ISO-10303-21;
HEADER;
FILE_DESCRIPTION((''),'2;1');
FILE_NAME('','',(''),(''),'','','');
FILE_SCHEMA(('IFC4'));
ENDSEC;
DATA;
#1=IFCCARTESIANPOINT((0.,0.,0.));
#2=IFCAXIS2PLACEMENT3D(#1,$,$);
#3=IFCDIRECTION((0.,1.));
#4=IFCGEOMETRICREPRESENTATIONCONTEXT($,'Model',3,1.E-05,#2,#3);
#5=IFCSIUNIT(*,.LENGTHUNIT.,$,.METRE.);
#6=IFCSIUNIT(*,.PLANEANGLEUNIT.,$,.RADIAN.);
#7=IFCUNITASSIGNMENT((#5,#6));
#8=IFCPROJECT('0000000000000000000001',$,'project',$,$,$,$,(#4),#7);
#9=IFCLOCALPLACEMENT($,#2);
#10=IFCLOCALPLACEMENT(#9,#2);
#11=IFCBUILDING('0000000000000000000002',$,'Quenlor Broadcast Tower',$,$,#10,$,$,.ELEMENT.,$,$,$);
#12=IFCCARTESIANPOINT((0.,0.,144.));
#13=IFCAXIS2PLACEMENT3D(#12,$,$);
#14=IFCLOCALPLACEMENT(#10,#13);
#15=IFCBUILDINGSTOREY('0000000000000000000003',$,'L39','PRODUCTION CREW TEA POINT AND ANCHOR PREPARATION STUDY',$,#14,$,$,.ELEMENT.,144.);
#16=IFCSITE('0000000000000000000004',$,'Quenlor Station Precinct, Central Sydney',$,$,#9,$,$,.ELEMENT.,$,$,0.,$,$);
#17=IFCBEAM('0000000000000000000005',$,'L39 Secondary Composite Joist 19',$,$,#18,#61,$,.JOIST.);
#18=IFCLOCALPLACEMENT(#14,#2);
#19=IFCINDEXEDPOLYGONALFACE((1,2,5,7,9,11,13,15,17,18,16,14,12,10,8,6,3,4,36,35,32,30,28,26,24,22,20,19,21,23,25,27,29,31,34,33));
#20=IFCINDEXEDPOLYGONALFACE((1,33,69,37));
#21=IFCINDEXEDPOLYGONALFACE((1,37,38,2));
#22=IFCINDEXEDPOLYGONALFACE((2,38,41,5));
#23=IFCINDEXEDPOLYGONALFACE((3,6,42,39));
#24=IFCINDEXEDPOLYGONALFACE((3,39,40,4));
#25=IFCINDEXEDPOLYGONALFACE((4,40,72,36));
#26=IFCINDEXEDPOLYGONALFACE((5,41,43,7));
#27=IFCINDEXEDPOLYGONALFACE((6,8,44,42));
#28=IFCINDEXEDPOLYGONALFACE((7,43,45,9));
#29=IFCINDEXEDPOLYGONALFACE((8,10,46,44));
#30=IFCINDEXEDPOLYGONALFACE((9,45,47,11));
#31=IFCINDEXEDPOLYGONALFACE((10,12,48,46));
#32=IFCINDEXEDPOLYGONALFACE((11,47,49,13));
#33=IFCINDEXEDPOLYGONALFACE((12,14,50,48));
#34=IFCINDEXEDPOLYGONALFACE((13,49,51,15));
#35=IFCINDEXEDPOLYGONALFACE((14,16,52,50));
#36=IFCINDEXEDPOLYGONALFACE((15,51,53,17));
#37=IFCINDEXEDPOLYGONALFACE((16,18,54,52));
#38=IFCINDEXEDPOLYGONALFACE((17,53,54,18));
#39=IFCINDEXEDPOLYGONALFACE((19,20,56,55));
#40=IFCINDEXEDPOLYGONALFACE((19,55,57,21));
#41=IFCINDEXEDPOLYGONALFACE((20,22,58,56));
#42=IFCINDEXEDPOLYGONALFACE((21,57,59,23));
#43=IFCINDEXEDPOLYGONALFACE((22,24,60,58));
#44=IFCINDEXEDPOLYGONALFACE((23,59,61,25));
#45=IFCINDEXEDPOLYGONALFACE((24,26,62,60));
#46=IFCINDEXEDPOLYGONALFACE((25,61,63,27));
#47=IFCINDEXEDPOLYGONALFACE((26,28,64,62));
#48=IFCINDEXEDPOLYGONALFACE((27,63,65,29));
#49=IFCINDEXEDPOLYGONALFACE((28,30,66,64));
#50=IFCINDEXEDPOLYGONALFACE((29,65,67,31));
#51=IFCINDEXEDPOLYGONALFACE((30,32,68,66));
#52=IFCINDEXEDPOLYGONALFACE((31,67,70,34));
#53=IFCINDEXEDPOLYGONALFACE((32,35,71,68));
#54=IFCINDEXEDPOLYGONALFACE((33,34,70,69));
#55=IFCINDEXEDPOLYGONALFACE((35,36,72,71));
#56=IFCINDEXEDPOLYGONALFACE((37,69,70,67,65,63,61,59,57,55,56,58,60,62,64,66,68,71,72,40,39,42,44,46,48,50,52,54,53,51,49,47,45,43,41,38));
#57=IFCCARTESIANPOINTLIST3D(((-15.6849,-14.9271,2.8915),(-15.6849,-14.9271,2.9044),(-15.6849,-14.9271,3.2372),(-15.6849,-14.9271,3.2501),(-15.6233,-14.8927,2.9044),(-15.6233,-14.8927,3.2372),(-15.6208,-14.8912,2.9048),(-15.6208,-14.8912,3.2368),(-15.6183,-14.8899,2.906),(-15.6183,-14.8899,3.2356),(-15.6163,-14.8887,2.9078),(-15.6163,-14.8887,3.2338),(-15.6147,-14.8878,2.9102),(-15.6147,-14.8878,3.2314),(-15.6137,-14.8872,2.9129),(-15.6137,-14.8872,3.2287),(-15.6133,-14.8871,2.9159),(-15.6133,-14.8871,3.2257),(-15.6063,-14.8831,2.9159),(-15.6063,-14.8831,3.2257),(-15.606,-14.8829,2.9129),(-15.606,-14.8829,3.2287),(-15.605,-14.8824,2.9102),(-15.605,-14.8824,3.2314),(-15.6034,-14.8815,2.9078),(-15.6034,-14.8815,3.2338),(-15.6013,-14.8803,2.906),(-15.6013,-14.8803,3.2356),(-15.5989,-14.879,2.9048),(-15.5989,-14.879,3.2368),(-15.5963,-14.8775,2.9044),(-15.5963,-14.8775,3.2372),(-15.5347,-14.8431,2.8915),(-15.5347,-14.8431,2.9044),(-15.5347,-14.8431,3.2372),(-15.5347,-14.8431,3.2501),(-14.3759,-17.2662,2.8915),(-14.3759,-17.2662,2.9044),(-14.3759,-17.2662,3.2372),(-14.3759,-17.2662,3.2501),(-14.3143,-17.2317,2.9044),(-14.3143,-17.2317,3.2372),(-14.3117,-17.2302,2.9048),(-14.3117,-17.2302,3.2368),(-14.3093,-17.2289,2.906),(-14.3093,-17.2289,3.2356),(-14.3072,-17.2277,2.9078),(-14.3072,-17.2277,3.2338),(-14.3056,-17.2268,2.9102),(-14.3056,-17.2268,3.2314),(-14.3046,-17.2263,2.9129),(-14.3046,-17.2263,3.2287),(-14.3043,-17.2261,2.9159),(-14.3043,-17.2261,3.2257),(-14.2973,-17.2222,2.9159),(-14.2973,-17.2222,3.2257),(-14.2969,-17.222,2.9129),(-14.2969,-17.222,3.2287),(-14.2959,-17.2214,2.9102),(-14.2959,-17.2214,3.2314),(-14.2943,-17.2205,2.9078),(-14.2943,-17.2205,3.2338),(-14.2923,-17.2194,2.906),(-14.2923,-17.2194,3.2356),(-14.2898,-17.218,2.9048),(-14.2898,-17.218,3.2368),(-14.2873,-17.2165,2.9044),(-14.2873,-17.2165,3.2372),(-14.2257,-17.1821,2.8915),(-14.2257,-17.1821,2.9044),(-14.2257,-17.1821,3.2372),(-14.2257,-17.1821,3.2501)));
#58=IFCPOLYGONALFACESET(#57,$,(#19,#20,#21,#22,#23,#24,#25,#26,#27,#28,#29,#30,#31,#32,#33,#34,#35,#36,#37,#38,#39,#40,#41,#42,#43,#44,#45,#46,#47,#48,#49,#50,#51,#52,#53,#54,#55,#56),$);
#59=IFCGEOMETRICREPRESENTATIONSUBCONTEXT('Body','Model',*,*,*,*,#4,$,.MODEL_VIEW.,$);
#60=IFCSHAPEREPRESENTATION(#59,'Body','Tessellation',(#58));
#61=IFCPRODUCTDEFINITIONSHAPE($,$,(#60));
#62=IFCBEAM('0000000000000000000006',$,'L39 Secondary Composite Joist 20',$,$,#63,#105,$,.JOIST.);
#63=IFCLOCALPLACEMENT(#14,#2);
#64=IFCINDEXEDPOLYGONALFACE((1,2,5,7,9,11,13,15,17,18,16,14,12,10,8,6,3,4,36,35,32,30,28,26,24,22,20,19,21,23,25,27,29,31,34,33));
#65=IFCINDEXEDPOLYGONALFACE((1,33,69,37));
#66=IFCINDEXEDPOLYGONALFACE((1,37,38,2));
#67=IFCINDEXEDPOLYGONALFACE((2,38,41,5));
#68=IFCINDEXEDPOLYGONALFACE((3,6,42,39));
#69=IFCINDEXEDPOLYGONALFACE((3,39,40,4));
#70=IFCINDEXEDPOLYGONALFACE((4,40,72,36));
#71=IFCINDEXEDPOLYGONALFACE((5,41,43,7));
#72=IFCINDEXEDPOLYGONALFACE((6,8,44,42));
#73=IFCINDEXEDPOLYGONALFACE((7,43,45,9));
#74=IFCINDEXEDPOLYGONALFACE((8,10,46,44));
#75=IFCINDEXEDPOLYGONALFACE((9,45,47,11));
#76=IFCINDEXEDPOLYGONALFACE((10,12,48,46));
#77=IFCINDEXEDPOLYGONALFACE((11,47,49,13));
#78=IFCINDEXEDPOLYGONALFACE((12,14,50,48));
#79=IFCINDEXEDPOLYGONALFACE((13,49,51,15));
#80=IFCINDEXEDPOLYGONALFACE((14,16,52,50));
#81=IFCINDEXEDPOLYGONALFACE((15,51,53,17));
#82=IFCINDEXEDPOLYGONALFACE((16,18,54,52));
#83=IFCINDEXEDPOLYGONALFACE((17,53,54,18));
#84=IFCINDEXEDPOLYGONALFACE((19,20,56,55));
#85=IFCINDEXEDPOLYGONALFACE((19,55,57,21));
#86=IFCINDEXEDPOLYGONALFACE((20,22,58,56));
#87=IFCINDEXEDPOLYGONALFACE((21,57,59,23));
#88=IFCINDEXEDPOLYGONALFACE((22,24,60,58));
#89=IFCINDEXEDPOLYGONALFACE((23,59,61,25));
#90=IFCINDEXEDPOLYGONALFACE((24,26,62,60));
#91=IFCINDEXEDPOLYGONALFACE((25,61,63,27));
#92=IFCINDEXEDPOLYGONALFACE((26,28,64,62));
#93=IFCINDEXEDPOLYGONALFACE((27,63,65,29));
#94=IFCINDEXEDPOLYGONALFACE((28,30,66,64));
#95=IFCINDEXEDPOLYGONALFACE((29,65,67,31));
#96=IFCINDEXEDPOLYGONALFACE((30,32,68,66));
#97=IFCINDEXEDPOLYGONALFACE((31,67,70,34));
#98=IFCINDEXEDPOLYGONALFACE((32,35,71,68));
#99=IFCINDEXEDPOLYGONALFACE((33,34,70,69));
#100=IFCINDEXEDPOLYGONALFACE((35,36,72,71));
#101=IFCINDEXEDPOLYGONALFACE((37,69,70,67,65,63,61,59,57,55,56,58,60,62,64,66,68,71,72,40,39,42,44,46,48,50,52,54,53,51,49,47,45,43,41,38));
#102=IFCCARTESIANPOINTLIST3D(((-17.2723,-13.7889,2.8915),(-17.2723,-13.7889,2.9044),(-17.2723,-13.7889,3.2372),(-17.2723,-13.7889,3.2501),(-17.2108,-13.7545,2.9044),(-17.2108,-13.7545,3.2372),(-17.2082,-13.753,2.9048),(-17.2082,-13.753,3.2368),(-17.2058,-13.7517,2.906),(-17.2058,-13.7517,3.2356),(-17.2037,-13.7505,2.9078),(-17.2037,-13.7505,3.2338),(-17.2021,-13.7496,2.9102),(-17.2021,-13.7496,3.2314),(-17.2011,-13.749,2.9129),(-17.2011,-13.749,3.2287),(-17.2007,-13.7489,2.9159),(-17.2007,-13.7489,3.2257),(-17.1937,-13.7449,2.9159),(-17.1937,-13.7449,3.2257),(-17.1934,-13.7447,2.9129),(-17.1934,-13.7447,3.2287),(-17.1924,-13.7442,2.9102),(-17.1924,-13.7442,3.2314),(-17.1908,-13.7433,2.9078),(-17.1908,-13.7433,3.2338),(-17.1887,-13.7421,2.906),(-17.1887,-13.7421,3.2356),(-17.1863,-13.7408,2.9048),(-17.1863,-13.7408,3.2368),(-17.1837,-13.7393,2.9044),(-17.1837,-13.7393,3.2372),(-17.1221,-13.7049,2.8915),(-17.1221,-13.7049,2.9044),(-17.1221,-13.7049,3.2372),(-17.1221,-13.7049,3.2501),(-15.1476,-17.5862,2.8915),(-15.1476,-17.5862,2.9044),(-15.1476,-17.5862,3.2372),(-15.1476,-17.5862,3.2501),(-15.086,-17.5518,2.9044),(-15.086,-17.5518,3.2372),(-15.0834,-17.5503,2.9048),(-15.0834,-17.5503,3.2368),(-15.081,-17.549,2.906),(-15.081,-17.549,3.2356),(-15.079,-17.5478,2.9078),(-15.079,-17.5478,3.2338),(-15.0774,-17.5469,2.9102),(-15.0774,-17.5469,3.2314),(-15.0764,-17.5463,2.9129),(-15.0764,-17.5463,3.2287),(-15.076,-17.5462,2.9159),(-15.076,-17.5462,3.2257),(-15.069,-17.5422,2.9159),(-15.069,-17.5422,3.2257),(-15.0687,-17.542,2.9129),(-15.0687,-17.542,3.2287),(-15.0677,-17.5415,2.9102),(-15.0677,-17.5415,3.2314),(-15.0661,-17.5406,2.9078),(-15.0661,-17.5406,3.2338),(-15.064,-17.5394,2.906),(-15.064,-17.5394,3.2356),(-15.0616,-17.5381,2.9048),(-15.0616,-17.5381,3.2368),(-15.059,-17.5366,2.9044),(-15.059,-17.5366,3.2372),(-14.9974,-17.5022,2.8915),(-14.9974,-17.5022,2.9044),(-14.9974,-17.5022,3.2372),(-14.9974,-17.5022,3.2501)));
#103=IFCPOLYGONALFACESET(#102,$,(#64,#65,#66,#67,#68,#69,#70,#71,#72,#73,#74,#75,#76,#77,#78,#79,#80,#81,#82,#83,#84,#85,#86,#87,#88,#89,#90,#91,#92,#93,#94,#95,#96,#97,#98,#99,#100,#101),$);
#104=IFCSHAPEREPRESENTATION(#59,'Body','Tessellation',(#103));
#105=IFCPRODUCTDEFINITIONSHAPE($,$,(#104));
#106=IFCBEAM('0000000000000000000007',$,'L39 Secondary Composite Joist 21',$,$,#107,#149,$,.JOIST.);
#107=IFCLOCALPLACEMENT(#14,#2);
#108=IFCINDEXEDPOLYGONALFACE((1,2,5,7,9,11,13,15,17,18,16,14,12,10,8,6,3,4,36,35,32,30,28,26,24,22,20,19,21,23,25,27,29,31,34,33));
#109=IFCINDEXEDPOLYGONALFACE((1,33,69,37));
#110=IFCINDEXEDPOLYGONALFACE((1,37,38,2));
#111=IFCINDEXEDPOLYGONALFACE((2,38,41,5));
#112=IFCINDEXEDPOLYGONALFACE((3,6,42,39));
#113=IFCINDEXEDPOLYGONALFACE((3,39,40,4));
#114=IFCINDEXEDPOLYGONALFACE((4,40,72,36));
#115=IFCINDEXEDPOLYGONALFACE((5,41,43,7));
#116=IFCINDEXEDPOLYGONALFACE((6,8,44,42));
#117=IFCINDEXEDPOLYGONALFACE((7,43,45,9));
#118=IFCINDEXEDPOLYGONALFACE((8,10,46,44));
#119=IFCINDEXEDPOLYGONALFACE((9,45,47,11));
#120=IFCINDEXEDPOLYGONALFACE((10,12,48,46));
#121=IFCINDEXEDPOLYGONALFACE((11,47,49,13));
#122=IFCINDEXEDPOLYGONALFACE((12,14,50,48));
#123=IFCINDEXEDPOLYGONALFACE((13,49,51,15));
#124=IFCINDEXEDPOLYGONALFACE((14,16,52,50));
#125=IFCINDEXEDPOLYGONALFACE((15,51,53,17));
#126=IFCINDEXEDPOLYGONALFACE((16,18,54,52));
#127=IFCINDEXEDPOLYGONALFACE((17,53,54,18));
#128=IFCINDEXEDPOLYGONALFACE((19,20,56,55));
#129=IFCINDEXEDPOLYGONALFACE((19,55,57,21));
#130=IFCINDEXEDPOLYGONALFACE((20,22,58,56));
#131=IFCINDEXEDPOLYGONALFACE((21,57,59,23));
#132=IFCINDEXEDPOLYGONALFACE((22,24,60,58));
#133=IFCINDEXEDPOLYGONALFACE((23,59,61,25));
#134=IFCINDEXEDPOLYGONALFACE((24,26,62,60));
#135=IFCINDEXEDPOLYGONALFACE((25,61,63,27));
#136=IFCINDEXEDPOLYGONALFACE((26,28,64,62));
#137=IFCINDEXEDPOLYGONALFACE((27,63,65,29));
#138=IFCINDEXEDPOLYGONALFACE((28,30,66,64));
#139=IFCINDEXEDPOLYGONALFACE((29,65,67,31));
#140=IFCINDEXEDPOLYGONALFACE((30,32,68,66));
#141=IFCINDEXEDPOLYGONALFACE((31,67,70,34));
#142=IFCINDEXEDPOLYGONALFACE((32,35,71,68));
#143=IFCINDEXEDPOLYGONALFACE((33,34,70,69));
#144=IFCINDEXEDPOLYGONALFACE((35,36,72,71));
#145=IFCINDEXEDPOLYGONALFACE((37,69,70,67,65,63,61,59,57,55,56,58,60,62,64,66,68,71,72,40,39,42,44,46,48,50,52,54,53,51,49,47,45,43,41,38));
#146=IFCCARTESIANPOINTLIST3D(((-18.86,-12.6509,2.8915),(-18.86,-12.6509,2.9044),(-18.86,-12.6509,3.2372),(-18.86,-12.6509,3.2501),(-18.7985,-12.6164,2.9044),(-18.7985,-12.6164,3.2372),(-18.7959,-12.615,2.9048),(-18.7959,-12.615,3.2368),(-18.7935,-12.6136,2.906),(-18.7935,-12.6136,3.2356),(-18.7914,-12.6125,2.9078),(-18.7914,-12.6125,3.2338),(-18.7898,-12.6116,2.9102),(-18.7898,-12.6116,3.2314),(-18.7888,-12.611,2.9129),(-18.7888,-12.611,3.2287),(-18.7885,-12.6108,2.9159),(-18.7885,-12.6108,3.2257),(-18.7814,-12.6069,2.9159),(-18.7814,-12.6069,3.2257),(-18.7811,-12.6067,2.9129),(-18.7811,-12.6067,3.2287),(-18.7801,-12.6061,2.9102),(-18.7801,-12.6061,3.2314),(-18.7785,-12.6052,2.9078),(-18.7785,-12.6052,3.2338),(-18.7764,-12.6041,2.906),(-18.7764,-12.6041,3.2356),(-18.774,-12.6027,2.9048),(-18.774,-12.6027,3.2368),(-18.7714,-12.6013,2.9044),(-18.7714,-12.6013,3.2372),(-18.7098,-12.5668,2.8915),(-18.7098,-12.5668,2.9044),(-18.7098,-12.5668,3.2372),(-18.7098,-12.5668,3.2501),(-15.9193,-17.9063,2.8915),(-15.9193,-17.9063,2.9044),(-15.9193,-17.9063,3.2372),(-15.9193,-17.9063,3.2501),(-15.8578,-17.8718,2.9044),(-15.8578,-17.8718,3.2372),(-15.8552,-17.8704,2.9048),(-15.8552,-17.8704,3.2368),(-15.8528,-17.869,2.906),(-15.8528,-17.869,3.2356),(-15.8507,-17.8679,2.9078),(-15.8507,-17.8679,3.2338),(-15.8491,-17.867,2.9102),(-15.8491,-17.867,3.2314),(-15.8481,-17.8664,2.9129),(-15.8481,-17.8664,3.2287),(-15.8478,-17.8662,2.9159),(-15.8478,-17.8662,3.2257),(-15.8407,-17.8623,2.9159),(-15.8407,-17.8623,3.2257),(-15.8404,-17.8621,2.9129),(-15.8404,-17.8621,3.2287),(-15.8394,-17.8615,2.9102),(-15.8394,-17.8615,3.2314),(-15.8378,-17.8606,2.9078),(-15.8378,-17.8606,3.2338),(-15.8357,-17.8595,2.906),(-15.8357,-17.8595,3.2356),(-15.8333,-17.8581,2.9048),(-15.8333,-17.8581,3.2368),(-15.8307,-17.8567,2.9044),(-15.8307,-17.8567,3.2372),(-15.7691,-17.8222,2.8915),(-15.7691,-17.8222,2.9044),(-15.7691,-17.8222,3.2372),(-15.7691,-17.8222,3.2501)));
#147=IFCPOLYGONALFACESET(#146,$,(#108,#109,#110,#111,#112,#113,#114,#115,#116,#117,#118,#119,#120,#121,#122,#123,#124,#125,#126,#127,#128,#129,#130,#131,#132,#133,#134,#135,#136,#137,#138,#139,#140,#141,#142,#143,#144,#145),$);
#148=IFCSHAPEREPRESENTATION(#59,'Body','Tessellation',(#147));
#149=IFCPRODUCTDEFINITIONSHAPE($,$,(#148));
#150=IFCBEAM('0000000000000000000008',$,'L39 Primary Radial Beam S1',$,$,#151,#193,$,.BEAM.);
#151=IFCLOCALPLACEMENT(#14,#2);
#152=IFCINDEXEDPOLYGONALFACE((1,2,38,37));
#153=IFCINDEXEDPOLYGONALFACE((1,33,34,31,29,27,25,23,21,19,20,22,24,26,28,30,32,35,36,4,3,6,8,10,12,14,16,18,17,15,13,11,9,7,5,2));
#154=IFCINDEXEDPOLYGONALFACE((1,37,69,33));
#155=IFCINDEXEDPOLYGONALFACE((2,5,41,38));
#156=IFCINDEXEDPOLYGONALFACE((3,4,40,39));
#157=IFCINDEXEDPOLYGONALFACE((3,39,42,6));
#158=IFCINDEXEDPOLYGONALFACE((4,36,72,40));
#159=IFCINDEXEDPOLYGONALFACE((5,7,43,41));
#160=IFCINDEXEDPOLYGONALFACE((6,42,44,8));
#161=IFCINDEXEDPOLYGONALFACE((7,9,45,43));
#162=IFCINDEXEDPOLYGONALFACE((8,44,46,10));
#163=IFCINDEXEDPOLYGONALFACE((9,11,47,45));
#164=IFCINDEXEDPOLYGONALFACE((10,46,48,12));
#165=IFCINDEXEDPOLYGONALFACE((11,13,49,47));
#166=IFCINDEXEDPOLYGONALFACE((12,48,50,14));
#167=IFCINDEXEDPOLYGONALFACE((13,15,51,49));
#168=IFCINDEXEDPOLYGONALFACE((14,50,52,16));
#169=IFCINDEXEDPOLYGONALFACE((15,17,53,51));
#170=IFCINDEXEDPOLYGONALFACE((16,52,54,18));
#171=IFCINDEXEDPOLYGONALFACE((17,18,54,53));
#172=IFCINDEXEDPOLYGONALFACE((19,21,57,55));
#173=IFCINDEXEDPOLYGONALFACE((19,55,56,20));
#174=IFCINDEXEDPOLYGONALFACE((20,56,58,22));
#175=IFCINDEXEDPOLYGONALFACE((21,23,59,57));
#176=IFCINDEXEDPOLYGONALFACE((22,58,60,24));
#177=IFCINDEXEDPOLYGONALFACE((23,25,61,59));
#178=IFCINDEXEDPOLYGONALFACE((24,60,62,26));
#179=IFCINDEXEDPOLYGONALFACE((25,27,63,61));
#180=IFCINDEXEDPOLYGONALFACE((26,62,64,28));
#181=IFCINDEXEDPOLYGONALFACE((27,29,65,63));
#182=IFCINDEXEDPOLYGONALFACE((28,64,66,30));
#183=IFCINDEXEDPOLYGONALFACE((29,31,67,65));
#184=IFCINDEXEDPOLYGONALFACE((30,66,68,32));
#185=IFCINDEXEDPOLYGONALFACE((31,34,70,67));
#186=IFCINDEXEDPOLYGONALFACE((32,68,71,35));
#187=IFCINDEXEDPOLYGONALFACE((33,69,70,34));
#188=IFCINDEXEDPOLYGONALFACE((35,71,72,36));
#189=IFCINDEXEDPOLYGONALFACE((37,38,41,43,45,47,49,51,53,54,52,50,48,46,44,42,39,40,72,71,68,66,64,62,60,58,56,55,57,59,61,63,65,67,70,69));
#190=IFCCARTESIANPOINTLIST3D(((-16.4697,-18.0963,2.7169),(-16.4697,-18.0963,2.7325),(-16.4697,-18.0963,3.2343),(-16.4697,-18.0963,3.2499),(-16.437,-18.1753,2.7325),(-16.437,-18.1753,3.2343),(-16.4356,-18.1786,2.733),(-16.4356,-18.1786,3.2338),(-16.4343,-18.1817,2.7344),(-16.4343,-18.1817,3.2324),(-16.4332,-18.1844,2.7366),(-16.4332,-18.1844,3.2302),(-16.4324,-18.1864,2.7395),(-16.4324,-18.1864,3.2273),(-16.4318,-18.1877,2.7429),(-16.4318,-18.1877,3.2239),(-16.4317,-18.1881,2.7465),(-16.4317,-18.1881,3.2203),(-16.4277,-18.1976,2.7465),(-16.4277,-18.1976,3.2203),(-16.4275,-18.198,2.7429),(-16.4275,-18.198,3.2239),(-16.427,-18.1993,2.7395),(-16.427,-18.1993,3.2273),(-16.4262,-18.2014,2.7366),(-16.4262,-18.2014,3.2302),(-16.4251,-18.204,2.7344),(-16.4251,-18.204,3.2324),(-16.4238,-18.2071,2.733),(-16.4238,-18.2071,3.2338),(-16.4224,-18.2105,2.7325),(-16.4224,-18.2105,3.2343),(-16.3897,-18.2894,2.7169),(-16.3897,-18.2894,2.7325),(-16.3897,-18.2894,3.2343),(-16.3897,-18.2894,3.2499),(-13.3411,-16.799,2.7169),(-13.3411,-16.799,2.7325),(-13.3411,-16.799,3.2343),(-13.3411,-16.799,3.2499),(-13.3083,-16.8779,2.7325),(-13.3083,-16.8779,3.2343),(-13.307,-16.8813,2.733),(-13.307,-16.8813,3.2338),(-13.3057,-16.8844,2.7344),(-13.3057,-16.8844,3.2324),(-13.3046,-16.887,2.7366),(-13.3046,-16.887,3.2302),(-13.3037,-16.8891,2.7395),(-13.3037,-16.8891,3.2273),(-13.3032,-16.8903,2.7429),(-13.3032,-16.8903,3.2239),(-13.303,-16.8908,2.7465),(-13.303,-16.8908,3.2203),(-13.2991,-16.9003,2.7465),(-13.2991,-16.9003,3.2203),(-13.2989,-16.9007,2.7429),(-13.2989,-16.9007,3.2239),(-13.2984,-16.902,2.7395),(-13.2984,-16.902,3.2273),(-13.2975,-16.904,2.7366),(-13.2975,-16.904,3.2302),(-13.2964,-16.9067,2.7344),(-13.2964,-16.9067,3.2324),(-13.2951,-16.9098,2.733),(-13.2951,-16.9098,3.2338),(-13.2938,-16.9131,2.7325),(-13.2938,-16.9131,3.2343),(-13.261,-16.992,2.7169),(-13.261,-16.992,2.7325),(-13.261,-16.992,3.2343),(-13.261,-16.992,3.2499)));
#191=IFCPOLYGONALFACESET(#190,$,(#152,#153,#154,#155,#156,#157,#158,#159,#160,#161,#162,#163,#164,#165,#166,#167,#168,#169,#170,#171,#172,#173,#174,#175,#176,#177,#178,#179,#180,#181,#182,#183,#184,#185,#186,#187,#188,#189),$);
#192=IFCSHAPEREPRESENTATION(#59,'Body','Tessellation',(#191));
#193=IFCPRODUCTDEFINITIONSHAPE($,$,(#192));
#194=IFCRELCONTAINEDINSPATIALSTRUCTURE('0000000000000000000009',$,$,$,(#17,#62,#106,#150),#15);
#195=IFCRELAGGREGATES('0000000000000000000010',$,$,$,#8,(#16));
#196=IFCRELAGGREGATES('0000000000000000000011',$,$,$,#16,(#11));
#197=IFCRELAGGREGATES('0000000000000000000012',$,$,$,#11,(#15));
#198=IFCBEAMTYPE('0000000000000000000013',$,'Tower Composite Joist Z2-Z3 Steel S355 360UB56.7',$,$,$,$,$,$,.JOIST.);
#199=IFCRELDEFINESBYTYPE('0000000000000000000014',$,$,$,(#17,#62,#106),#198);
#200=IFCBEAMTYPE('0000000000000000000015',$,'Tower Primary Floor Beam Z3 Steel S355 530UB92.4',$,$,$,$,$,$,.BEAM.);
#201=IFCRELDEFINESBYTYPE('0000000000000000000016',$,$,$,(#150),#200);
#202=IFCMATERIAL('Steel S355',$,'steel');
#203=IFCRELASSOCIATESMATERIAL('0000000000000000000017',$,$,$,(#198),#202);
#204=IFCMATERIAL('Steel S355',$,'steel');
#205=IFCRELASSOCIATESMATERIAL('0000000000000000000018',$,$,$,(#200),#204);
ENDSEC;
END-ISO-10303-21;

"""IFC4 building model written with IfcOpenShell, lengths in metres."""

from ifc_helpers import new_model, si_unit, direction, frame, origin, origin_2d, place, context, subcontext, project, spatial, i_section, extrude, material, material_profile, profile_set, type_object, element, save


model = new_model("IFC4")

# Units and contexts
model_context = context("Model", 3, precision=1e-05, world=origin(), true_north=direction((0.0, 1.0)))
body_context = subcontext(model_context, "Body", "Model", "MODEL_VIEW")
ifc_project = project(units=[si_unit("LENGTHUNIT", "METRE"), si_unit("PLANEANGLEUNIT", "RADIAN")], contexts=[model_context])

# Site, building, storey
site_placement = place(None, origin())
site = spatial("IfcSite", under=ifc_project, at=site_placement, Name="Quenlor Station Precinct, Central Sydney", CompositionType="ELEMENT", RefElevation=0.0)
building_placement = place(site_placement, origin())
building = spatial("IfcBuilding", under=site, at=building_placement, Name="Quenlor Broadcast Tower", CompositionType="ELEMENT")
storey_placement = place(building_placement, frame((0.0, 0.0, 144.0)))
storey = spatial("IfcBuildingStorey", under=building, at=storey_placement, Name="L39", Description="PRODUCTION CREW TEA POINT AND ANCHOR PREPARATION STUDY", CompositionType="ELEMENT", Elevation=144.0)

# Beams
ifc_material_1 = material(Name="Steel S355", Category="steel")
ifc_material_profile_1 = material_profile(ifc_material_1, i_section(OverallWidth=0.1721, OverallDepth=0.3586, WebThickness=0.0081, FlangeThickness=0.0129, FilletRadius=0.0115, at=origin_2d()))
ifc_profile_set_1 = profile_set([ifc_material_profile_1], Name="Steel S355 360UB56.7")
beam_type_1 = type_object("IfcBeamType", Name="Tower Composite Joist Z2-Z3 Steel S355 360UB56.7", PredefinedType="JOIST", material=ifc_profile_set_1)
beam_1_placement = place(storey_placement, frame((-14.3008, -17.2241, 3.0708), z_axis=(-0.48837, 0.872636, 0.0), x_axis=(-0.872636, -0.48837, 0.0)))
element("IfcBeam", 1, at=beam_1_placement, inside=storey, type_object=beam_type_1, Name="L39 Secondary Composite Joist 19", PredefinedType="JOIST", context=body_context, shape_type="SweptSolid", body=[
    extrude(i_section(OverallWidth=0.1721, OverallDepth=0.3586, WebThickness=0.0081, FlangeThickness=0.0129, FilletRadius=0.0115, at=origin_2d()), origin(), (0.0, 0.0, 1.0), 2.6804),
])
beam_2_placement = place(storey_placement, frame((-15.0725, -17.5442, 3.0708), z_axis=(-0.488294, 0.872679, 0.0), x_axis=(-0.872679, -0.488294, 0.0)))
element("IfcBeam", 2, at=beam_2_placement, inside=storey, type_object=beam_type_1, Name="L39 Secondary Composite Joist 20", PredefinedType="JOIST", context=body_context, shape_type="SweptSolid", body=[
    extrude(i_section(OverallWidth=0.1721, OverallDepth=0.3586, WebThickness=0.0081, FlangeThickness=0.0129, FilletRadius=0.0115, at=origin_2d()), origin(), (0.0, 0.0, 1.0), 4.3513),
])
beam_3_placement = place(storey_placement, frame((-15.8442, -17.8643, 3.0708), z_axis=(-0.488308, 0.872671, 0.0), x_axis=(-0.872671, -0.488308, 0.0)))
element("IfcBeam", 3, at=beam_3_placement, inside=storey, type_object=beam_type_1, Name="L39 Secondary Composite Joist 21", PredefinedType="JOIST", context=body_context, shape_type="SweptSolid", body=[
    extrude(i_section(OverallWidth=0.1721, OverallDepth=0.3586, WebThickness=0.0081, FlangeThickness=0.0129, FilletRadius=0.0115, at=origin_2d()), origin(), (0.0, 0.0, 1.0), 6.0222),
])
ifc_material_2 = material(Name="Steel S355", Category="steel")
ifc_material_profile_2 = material_profile(ifc_material_2, i_section(OverallWidth=0.209, OverallDepth=0.533, WebThickness=0.0103, FlangeThickness=0.0156, FilletRadius=0.0139, at=origin_2d()))
ifc_profile_set_2 = profile_set([ifc_material_profile_2], Name="Steel S355 530UB92.4")
beam_type_2 = type_object("IfcBeamType", Name="Tower Primary Floor Beam Z3 Steel S355 530UB92.4", PredefinedType="BEAM", material=ifc_profile_set_2)
beam_4_placement = place(storey_placement, frame((-16.4297, -18.1929, 2.9834), z_axis=(0.92373, 0.383044, 0.0), x_axis=(-0.383044, 0.92373, 0.0)))
element("IfcBeam", 4, at=beam_4_placement, inside=storey, type_object=beam_type_2, Name="L39 Primary Radial Beam S1", PredefinedType="BEAM", context=body_context, shape_type="SweptSolid", body=[
    extrude(i_section(OverallWidth=0.209, OverallDepth=0.533, WebThickness=0.0103, FlangeThickness=0.0156, FilletRadius=0.0139, at=origin_2d()), origin(), (0.0, 0.0, 1.0), 3.387),
])

save(model, "model.ifc")
